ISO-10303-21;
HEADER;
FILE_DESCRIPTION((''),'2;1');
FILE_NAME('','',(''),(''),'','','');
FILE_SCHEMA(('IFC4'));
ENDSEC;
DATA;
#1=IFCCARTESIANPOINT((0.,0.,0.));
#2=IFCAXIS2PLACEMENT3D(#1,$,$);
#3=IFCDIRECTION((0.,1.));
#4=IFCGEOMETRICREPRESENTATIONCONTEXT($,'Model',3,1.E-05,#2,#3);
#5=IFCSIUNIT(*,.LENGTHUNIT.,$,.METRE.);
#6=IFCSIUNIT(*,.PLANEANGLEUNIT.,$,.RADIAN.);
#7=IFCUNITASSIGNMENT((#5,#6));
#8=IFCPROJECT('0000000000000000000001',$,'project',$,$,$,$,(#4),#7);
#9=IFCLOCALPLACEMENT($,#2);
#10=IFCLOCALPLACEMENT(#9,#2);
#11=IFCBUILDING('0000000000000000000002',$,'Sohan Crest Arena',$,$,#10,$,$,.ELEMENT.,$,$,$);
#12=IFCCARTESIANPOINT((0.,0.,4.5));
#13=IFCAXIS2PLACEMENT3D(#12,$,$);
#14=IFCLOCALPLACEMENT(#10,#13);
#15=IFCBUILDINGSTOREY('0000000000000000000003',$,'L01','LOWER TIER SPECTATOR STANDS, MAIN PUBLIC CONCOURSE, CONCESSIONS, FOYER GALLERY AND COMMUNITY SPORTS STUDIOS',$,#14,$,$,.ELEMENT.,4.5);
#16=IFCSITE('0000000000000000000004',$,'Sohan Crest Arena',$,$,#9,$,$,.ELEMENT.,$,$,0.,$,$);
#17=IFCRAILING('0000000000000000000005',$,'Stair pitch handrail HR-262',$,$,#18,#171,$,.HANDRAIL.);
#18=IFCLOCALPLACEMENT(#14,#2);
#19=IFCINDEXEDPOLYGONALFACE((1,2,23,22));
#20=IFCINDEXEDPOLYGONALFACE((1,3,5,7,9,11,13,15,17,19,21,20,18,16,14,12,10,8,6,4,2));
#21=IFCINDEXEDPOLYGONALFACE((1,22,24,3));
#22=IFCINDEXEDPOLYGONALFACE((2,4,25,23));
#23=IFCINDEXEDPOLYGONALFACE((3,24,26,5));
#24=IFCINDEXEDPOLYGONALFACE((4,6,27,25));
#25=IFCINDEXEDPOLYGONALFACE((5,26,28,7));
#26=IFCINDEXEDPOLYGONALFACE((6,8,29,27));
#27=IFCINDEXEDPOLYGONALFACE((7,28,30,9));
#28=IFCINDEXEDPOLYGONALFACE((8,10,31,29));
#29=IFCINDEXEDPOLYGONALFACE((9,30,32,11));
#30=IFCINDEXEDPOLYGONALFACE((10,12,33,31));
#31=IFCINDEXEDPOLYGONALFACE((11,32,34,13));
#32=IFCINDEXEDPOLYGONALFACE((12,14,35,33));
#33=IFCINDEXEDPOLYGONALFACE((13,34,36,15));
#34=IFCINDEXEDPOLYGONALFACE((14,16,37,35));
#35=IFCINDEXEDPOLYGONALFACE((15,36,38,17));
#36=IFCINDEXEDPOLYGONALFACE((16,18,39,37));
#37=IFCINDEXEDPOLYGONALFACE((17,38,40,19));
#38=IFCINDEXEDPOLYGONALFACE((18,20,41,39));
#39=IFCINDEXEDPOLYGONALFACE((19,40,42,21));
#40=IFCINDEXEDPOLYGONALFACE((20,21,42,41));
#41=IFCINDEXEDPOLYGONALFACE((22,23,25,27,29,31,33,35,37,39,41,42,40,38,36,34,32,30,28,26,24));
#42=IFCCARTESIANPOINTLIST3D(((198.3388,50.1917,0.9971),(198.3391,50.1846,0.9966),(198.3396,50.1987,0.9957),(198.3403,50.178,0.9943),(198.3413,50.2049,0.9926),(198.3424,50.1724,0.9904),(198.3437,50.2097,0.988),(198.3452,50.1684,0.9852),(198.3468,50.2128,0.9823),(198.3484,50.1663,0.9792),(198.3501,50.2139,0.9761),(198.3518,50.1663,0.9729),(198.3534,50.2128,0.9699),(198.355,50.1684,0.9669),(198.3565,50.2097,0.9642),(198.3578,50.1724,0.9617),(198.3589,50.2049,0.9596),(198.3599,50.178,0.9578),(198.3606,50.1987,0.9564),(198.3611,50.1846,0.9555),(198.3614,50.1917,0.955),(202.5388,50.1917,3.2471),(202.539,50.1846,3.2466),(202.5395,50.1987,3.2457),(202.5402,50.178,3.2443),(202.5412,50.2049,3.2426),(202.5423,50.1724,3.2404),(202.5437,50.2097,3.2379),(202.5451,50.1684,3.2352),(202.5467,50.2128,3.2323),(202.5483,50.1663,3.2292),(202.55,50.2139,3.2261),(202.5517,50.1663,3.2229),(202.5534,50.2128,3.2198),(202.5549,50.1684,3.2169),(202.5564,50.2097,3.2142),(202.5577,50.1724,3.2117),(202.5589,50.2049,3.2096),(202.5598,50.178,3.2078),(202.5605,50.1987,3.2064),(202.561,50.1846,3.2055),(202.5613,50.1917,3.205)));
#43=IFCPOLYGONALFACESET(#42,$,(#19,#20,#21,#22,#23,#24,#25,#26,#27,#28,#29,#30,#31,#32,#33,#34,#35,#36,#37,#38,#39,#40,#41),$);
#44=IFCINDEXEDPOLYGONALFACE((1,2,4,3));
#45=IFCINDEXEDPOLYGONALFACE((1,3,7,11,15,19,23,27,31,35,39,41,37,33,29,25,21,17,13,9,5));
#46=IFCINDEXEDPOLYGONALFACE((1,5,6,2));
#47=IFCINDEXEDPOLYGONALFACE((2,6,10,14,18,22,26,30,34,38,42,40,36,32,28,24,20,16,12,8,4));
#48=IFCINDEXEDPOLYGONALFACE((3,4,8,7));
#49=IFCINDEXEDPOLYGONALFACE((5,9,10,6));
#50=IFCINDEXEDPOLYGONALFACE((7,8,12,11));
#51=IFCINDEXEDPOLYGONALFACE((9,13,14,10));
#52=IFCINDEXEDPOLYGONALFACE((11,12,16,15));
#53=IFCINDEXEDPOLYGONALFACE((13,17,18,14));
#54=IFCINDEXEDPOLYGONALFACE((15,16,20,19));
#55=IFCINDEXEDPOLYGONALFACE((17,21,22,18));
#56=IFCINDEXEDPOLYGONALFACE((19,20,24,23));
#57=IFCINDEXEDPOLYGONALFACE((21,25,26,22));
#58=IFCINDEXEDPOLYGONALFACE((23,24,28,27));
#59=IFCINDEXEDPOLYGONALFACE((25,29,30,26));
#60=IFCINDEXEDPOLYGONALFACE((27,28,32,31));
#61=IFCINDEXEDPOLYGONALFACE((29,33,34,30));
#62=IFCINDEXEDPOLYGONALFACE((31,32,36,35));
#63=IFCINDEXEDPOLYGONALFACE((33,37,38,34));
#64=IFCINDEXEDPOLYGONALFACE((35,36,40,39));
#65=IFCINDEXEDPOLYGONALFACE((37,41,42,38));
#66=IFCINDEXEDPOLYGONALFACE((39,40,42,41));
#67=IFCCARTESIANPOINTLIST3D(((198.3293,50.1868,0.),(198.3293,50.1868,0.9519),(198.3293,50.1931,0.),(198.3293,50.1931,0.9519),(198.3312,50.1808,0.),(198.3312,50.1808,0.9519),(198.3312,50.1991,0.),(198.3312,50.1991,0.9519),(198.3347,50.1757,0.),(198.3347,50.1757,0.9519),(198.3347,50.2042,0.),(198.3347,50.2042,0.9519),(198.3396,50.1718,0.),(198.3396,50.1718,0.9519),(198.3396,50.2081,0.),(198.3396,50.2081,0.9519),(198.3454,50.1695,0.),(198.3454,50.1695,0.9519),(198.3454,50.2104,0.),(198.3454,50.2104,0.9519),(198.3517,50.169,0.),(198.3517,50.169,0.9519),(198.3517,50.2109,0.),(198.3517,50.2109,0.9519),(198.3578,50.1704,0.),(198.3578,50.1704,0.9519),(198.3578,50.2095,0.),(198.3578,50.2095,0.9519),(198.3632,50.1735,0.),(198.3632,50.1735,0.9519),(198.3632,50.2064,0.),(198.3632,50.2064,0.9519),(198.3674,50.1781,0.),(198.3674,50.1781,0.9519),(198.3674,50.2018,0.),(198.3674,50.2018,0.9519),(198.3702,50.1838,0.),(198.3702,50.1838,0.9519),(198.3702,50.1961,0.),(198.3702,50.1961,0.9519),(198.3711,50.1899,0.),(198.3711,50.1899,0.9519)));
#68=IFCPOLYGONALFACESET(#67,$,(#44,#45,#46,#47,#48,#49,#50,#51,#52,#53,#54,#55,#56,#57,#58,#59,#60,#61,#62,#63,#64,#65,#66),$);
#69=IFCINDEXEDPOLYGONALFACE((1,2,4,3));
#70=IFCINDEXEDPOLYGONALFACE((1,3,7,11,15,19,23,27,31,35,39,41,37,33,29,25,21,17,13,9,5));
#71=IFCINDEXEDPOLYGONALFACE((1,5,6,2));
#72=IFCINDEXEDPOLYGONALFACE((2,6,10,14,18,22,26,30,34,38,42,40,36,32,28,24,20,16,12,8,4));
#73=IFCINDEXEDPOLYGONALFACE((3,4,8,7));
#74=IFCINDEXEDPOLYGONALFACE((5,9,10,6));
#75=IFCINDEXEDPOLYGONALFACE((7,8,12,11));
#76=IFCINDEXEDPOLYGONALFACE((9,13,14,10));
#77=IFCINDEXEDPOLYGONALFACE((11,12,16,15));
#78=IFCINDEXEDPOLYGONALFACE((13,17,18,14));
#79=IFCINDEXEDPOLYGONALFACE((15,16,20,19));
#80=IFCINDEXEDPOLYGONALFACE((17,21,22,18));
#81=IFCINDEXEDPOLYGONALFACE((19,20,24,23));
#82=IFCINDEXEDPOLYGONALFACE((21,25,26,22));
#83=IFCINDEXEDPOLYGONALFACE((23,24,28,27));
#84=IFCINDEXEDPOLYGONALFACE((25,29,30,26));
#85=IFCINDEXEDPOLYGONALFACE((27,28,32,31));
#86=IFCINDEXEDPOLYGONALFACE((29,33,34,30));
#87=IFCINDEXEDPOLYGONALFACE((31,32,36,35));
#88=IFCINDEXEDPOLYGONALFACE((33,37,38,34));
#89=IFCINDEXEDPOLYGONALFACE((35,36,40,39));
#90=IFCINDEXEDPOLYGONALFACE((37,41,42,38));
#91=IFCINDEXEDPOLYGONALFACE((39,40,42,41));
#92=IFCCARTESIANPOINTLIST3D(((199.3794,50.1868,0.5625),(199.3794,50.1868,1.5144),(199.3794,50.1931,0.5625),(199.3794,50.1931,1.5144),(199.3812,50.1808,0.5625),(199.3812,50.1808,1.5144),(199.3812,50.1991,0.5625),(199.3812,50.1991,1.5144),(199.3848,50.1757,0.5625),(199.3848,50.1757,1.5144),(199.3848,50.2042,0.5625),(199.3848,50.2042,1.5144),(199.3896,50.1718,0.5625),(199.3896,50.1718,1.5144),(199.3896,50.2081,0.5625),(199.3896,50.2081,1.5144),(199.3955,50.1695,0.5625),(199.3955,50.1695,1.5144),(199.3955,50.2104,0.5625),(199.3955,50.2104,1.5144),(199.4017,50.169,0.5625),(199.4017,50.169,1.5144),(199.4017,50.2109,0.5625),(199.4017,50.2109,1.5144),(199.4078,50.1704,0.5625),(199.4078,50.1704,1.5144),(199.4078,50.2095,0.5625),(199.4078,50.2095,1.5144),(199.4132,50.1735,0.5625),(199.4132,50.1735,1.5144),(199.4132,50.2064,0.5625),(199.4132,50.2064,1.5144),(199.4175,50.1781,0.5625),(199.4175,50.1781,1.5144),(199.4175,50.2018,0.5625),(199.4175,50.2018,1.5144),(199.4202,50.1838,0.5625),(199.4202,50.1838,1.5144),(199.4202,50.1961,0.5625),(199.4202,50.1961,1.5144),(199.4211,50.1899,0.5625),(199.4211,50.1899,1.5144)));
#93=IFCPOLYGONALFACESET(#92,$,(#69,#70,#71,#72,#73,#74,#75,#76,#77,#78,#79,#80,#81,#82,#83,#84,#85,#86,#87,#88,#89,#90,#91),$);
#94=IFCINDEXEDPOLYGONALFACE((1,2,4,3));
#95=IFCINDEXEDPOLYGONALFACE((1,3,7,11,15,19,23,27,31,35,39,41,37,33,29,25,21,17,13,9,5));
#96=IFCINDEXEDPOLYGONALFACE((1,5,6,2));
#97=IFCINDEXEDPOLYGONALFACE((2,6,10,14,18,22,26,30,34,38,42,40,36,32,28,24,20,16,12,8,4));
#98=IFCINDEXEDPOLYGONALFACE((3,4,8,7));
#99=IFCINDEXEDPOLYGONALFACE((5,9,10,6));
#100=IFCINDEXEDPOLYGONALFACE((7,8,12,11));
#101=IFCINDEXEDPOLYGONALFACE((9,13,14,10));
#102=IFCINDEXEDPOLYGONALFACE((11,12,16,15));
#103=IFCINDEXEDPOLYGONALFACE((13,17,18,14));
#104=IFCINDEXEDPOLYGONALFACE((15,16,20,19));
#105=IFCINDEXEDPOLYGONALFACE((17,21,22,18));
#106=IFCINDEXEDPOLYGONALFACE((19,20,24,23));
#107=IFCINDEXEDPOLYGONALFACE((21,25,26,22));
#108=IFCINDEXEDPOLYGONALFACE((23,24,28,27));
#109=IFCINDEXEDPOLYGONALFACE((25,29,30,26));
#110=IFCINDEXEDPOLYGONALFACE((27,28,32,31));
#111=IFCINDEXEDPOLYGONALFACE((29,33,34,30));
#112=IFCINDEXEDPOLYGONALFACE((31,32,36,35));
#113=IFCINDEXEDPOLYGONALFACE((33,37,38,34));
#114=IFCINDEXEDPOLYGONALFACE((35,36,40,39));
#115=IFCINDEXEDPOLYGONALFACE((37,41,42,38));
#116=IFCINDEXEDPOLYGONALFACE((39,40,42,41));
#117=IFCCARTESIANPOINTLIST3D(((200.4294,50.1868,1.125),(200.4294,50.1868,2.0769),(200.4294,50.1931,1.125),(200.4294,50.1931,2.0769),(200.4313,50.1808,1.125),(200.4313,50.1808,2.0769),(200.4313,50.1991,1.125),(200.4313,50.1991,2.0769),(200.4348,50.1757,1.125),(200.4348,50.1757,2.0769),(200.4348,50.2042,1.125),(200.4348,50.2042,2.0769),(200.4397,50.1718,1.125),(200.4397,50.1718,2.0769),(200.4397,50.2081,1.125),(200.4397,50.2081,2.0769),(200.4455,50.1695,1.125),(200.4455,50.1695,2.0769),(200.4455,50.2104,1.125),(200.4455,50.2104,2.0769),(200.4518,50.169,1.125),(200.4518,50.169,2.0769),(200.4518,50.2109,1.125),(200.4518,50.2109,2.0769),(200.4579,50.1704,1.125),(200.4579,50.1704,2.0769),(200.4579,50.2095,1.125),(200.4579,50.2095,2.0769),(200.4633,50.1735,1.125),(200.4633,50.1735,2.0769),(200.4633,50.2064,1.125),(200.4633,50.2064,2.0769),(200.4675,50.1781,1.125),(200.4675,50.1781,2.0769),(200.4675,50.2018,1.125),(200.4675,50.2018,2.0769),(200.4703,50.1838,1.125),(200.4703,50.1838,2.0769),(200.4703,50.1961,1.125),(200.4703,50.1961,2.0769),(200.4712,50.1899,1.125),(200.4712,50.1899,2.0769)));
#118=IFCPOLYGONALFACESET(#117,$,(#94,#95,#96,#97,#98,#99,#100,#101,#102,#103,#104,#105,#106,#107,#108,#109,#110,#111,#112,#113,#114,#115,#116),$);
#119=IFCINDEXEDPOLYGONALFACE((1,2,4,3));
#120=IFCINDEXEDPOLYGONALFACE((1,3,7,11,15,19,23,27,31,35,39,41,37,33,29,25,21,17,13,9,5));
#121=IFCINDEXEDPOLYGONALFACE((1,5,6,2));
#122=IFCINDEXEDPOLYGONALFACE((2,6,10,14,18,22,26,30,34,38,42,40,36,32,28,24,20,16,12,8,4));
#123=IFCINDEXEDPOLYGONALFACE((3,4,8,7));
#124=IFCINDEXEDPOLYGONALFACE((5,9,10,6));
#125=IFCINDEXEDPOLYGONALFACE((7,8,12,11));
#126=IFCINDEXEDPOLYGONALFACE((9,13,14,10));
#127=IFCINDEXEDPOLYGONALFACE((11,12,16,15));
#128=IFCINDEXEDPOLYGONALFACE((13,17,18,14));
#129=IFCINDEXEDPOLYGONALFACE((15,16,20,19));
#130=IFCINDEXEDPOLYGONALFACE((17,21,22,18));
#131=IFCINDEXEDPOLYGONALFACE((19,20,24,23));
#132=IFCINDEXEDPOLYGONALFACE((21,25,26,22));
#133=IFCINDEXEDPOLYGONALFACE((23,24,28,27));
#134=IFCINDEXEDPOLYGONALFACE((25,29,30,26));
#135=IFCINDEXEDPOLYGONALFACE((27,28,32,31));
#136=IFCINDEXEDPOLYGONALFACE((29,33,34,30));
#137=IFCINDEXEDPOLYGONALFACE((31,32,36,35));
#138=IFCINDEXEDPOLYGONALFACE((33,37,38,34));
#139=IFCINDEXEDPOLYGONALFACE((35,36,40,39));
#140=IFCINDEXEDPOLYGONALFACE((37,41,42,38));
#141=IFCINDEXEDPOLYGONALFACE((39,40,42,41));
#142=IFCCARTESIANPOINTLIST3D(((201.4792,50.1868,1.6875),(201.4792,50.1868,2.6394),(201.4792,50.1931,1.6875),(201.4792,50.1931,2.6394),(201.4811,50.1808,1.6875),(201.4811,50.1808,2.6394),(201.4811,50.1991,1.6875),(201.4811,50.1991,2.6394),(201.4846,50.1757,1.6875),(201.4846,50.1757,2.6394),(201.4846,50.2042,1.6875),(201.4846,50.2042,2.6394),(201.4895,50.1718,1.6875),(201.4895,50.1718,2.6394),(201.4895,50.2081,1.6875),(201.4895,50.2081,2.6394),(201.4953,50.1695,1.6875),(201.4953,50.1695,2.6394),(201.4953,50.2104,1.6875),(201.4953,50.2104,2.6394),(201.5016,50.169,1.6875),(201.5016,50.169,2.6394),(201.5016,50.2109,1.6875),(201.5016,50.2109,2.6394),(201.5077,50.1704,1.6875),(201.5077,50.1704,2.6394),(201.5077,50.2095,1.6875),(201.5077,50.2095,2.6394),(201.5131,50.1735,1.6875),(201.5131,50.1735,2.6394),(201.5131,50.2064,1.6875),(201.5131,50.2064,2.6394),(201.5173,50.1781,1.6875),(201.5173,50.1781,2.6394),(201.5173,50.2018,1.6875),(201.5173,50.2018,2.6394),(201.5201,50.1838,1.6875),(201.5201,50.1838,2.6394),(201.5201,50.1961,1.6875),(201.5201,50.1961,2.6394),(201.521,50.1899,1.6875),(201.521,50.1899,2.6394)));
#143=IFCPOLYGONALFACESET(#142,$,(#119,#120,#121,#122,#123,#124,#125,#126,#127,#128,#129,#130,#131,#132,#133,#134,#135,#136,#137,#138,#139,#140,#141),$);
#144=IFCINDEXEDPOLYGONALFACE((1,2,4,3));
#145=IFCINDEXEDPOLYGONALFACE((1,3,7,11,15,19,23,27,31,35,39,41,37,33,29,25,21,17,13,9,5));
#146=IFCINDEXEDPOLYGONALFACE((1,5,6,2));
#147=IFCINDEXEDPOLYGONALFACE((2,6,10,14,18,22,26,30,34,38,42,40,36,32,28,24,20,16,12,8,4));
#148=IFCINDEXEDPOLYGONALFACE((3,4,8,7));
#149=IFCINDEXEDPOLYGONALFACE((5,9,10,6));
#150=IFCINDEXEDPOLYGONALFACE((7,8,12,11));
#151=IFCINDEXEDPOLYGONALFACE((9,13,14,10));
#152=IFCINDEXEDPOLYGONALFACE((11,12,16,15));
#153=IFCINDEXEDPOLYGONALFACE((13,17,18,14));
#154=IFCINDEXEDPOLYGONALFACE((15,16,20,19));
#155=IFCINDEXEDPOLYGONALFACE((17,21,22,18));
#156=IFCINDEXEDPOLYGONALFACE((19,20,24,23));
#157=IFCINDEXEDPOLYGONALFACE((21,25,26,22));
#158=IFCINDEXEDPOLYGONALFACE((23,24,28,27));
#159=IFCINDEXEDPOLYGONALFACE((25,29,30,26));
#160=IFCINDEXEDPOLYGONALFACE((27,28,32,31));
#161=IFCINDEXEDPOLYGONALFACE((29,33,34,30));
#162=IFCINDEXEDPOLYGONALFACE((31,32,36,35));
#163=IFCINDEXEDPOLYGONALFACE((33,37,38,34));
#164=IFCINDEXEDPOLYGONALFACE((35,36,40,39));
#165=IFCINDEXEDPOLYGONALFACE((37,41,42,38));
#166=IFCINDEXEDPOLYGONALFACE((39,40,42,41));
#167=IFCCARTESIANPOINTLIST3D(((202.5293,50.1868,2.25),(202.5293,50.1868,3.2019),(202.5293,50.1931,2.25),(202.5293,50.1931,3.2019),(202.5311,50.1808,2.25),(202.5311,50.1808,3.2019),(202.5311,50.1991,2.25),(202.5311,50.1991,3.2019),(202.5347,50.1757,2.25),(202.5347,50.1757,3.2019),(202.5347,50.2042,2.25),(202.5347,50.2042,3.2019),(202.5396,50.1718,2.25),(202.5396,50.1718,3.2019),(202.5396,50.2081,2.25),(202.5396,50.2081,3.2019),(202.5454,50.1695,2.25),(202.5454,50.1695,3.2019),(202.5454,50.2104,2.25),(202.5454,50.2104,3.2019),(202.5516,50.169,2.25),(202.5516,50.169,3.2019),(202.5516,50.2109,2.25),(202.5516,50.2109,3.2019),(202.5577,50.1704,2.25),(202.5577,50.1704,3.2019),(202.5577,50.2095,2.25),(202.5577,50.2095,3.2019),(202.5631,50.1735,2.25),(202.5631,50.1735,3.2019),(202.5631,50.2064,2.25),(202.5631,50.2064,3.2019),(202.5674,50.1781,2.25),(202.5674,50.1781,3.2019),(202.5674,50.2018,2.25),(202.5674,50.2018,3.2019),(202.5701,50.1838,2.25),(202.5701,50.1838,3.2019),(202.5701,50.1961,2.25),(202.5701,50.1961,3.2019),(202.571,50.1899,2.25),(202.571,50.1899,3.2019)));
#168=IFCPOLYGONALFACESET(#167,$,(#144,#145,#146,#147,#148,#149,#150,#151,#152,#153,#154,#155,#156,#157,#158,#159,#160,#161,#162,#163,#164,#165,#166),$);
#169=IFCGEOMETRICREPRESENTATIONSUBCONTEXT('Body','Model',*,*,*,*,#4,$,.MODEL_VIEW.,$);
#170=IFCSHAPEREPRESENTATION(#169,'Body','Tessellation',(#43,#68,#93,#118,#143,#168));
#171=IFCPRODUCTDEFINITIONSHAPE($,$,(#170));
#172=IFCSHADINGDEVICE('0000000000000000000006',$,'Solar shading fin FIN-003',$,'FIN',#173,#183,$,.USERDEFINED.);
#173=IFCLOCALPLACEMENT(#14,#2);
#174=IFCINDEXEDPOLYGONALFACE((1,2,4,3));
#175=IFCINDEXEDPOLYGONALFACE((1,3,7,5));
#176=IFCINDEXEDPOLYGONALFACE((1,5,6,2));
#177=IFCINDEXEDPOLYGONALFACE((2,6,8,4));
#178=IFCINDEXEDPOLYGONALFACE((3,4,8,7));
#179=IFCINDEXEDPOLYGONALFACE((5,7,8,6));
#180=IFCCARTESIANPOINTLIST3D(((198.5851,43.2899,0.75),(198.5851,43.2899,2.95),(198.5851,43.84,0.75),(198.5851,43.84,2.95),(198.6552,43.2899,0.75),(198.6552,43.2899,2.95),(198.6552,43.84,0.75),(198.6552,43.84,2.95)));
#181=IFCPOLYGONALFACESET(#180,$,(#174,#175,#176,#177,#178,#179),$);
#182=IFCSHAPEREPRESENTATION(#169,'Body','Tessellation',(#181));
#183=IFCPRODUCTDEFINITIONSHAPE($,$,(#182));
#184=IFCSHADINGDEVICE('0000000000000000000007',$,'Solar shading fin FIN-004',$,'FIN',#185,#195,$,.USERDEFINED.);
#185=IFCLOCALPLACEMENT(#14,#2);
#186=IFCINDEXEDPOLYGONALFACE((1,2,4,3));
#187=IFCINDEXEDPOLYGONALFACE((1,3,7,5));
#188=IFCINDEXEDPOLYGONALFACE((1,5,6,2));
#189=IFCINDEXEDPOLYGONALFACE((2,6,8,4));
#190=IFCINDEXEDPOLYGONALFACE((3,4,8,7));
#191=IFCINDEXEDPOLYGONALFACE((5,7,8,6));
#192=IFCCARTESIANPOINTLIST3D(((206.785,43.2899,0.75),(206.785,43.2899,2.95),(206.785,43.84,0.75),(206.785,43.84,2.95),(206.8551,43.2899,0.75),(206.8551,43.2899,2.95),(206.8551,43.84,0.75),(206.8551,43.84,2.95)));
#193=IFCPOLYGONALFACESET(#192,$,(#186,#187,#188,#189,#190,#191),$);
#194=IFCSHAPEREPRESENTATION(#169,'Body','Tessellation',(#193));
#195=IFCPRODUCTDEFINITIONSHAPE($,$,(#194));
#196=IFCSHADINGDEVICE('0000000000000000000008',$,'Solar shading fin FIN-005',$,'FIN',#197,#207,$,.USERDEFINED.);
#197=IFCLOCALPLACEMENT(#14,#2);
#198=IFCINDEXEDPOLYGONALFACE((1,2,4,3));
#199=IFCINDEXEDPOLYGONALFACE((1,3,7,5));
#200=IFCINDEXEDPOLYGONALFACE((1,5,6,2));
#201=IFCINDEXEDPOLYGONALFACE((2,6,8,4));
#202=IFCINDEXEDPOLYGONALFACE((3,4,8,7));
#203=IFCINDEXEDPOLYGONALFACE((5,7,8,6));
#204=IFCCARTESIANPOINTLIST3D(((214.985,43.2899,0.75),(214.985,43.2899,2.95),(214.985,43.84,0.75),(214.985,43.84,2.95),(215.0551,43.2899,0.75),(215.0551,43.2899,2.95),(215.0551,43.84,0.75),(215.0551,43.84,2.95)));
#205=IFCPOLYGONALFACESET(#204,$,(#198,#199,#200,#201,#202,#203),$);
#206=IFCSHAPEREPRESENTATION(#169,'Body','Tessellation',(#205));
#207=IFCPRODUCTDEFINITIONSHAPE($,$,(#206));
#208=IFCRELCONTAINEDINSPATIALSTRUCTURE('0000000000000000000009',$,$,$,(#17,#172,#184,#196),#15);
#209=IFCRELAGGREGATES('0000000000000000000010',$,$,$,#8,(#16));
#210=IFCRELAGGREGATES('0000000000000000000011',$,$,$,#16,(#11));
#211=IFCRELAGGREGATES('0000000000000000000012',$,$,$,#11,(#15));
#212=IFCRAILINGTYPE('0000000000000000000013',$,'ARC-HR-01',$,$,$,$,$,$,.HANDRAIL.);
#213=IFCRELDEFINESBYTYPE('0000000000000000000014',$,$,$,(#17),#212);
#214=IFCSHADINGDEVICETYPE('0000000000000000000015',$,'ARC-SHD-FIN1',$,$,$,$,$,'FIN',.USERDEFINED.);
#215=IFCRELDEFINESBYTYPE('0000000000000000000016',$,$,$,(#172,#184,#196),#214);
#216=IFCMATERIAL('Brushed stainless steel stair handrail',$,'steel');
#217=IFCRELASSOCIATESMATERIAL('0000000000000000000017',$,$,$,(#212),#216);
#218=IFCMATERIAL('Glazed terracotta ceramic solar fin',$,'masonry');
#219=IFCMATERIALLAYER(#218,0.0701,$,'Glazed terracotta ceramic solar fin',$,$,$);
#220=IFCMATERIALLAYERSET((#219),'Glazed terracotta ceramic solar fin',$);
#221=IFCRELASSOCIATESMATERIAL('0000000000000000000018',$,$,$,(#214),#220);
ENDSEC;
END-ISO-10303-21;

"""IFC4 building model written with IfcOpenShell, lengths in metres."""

from ifc_helpers import new_model, si_unit, direction, frame, origin, origin_2d, place, context, subcontext, project, spatial, rectangle, circle, extrude, material, layer, layer_set, type_object, element, save


model = new_model("IFC4")

# Units and contexts
model_context = context("Model", 3, precision=1e-05, world=origin(), true_north=direction((0.0, 1.0)))
body_context = subcontext(model_context, "Body", "Model", "MODEL_VIEW")
ifc_project = project(units=[si_unit("LENGTHUNIT", "METRE"), si_unit("PLANEANGLEUNIT", "RADIAN")], contexts=[model_context])

# Site, building, storey
site_placement = place(None, origin())
site = spatial("IfcSite", under=ifc_project, at=site_placement, Name="Sohan Crest Arena", CompositionType="ELEMENT", RefElevation=0.0)
building_placement = place(site_placement, origin())
building = spatial("IfcBuilding", under=site, at=building_placement, Name="Sohan Crest Arena", CompositionType="ELEMENT")
storey_placement = place(building_placement, frame((0.0, 0.0, 4.5)))
storey = spatial("IfcBuildingStorey", under=building, at=storey_placement, Name="L01", Description="LOWER TIER SPECTATOR STANDS, MAIN PUBLIC CONCOURSE, CONCESSIONS, FOYER GALLERY AND COMMUNITY SPORTS STUDIOS", CompositionType="ELEMENT", Elevation=4.5)

# Railing
ifc_material_1 = material(Name="Brushed stainless steel stair handrail", Category="steel")
railing_type_1 = type_object("IfcRailingType", Name="ARC-HR-01", PredefinedType="HANDRAIL", material=ifc_material_1)
for number, where, name in (
    (1, (198.3501, 50.1899, 0.0), "Stair pitch handrail HR-262"),
):
    element("IfcRailing", number, at=place(storey_placement, frame(where)), inside=storey, type_object=railing_type_1, Name=name, PredefinedType="HANDRAIL", context=body_context, shape_type="SweptSolid", body=[
        extrude(circle(Radius=0.0239, at=origin_2d()), frame((0.0, 0.0, 0.9761), z_axis=(0.881478, 0.0, 0.472226), x_axis=(0.0, 1.0, 0.0)), (0.0, 0.0, 1.0), 4.7646),
        extrude(circle(Radius=0.021, at=origin_2d()), origin(), (0.0, 0.0, 1.0), 0.9519),
        extrude(circle(Radius=0.021, at=origin_2d()), frame((1.05, 0.0, 0.5625)), (0.0, 0.0, 1.0), 0.9519),
        extrude(circle(Radius=0.021, at=origin_2d()), frame((2.1001, 0.0, 1.125)), (0.0, 0.0, 1.0), 0.9519),
        extrude(circle(Radius=0.021, at=origin_2d()), frame((3.1499, 0.0, 1.6875)), (0.0, 0.0, 1.0), 0.9519),
        extrude(circle(Radius=0.021, at=origin_2d()), frame((4.2, 0.0, 2.25)), (0.0, 0.0, 1.0), 0.9519),
    ])

# Shading devices
ifc_material_2 = material(Name="Glazed terracotta ceramic solar fin", Category="masonry")
ifc_layer_1 = layer(ifc_material_2, 0.0701, Name="Glazed terracotta ceramic solar fin")
ifc_layer_set_1 = layer_set([ifc_layer_1], Name="Glazed terracotta ceramic solar fin")
shading_device_type = type_object("IfcShadingDeviceType", Name="ARC-SHD-FIN1", ElementType="FIN", PredefinedType="USERDEFINED", material=ifc_layer_set_1)
for number, where, z_axis, x_axis, name in (
    (2, (198.6201, 43.5649, 0.75), (0.0, 0.0, 1.0), (1.0, 0.0, 0.0), "Solar shading fin FIN-003"),
    (3, (206.8201, 43.5649, 0.75), (0.0, 0.0, 1.0), (1.0, 0.0, 0.0), "Solar shading fin FIN-004"),
    (4, (215.02, 43.5649, 0.75), (0.0, 0.0, 1.0), (1.0, 0.0, 0.0), "Solar shading fin FIN-005"),
):
    element("IfcShadingDevice", number, at=place(storey_placement, frame(where, z_axis=z_axis, x_axis=x_axis)), inside=storey, type_object=shading_device_type, Name=name, ObjectType="FIN", PredefinedType="USERDEFINED", context=body_context, shape_type="SweptSolid", body=[
        extrude(rectangle(XDim=0.0701, YDim=0.55, at=origin_2d()), origin(), (0.0, 0.0, 1.0), 2.2),
    ])

save(model, "model.ifc")
